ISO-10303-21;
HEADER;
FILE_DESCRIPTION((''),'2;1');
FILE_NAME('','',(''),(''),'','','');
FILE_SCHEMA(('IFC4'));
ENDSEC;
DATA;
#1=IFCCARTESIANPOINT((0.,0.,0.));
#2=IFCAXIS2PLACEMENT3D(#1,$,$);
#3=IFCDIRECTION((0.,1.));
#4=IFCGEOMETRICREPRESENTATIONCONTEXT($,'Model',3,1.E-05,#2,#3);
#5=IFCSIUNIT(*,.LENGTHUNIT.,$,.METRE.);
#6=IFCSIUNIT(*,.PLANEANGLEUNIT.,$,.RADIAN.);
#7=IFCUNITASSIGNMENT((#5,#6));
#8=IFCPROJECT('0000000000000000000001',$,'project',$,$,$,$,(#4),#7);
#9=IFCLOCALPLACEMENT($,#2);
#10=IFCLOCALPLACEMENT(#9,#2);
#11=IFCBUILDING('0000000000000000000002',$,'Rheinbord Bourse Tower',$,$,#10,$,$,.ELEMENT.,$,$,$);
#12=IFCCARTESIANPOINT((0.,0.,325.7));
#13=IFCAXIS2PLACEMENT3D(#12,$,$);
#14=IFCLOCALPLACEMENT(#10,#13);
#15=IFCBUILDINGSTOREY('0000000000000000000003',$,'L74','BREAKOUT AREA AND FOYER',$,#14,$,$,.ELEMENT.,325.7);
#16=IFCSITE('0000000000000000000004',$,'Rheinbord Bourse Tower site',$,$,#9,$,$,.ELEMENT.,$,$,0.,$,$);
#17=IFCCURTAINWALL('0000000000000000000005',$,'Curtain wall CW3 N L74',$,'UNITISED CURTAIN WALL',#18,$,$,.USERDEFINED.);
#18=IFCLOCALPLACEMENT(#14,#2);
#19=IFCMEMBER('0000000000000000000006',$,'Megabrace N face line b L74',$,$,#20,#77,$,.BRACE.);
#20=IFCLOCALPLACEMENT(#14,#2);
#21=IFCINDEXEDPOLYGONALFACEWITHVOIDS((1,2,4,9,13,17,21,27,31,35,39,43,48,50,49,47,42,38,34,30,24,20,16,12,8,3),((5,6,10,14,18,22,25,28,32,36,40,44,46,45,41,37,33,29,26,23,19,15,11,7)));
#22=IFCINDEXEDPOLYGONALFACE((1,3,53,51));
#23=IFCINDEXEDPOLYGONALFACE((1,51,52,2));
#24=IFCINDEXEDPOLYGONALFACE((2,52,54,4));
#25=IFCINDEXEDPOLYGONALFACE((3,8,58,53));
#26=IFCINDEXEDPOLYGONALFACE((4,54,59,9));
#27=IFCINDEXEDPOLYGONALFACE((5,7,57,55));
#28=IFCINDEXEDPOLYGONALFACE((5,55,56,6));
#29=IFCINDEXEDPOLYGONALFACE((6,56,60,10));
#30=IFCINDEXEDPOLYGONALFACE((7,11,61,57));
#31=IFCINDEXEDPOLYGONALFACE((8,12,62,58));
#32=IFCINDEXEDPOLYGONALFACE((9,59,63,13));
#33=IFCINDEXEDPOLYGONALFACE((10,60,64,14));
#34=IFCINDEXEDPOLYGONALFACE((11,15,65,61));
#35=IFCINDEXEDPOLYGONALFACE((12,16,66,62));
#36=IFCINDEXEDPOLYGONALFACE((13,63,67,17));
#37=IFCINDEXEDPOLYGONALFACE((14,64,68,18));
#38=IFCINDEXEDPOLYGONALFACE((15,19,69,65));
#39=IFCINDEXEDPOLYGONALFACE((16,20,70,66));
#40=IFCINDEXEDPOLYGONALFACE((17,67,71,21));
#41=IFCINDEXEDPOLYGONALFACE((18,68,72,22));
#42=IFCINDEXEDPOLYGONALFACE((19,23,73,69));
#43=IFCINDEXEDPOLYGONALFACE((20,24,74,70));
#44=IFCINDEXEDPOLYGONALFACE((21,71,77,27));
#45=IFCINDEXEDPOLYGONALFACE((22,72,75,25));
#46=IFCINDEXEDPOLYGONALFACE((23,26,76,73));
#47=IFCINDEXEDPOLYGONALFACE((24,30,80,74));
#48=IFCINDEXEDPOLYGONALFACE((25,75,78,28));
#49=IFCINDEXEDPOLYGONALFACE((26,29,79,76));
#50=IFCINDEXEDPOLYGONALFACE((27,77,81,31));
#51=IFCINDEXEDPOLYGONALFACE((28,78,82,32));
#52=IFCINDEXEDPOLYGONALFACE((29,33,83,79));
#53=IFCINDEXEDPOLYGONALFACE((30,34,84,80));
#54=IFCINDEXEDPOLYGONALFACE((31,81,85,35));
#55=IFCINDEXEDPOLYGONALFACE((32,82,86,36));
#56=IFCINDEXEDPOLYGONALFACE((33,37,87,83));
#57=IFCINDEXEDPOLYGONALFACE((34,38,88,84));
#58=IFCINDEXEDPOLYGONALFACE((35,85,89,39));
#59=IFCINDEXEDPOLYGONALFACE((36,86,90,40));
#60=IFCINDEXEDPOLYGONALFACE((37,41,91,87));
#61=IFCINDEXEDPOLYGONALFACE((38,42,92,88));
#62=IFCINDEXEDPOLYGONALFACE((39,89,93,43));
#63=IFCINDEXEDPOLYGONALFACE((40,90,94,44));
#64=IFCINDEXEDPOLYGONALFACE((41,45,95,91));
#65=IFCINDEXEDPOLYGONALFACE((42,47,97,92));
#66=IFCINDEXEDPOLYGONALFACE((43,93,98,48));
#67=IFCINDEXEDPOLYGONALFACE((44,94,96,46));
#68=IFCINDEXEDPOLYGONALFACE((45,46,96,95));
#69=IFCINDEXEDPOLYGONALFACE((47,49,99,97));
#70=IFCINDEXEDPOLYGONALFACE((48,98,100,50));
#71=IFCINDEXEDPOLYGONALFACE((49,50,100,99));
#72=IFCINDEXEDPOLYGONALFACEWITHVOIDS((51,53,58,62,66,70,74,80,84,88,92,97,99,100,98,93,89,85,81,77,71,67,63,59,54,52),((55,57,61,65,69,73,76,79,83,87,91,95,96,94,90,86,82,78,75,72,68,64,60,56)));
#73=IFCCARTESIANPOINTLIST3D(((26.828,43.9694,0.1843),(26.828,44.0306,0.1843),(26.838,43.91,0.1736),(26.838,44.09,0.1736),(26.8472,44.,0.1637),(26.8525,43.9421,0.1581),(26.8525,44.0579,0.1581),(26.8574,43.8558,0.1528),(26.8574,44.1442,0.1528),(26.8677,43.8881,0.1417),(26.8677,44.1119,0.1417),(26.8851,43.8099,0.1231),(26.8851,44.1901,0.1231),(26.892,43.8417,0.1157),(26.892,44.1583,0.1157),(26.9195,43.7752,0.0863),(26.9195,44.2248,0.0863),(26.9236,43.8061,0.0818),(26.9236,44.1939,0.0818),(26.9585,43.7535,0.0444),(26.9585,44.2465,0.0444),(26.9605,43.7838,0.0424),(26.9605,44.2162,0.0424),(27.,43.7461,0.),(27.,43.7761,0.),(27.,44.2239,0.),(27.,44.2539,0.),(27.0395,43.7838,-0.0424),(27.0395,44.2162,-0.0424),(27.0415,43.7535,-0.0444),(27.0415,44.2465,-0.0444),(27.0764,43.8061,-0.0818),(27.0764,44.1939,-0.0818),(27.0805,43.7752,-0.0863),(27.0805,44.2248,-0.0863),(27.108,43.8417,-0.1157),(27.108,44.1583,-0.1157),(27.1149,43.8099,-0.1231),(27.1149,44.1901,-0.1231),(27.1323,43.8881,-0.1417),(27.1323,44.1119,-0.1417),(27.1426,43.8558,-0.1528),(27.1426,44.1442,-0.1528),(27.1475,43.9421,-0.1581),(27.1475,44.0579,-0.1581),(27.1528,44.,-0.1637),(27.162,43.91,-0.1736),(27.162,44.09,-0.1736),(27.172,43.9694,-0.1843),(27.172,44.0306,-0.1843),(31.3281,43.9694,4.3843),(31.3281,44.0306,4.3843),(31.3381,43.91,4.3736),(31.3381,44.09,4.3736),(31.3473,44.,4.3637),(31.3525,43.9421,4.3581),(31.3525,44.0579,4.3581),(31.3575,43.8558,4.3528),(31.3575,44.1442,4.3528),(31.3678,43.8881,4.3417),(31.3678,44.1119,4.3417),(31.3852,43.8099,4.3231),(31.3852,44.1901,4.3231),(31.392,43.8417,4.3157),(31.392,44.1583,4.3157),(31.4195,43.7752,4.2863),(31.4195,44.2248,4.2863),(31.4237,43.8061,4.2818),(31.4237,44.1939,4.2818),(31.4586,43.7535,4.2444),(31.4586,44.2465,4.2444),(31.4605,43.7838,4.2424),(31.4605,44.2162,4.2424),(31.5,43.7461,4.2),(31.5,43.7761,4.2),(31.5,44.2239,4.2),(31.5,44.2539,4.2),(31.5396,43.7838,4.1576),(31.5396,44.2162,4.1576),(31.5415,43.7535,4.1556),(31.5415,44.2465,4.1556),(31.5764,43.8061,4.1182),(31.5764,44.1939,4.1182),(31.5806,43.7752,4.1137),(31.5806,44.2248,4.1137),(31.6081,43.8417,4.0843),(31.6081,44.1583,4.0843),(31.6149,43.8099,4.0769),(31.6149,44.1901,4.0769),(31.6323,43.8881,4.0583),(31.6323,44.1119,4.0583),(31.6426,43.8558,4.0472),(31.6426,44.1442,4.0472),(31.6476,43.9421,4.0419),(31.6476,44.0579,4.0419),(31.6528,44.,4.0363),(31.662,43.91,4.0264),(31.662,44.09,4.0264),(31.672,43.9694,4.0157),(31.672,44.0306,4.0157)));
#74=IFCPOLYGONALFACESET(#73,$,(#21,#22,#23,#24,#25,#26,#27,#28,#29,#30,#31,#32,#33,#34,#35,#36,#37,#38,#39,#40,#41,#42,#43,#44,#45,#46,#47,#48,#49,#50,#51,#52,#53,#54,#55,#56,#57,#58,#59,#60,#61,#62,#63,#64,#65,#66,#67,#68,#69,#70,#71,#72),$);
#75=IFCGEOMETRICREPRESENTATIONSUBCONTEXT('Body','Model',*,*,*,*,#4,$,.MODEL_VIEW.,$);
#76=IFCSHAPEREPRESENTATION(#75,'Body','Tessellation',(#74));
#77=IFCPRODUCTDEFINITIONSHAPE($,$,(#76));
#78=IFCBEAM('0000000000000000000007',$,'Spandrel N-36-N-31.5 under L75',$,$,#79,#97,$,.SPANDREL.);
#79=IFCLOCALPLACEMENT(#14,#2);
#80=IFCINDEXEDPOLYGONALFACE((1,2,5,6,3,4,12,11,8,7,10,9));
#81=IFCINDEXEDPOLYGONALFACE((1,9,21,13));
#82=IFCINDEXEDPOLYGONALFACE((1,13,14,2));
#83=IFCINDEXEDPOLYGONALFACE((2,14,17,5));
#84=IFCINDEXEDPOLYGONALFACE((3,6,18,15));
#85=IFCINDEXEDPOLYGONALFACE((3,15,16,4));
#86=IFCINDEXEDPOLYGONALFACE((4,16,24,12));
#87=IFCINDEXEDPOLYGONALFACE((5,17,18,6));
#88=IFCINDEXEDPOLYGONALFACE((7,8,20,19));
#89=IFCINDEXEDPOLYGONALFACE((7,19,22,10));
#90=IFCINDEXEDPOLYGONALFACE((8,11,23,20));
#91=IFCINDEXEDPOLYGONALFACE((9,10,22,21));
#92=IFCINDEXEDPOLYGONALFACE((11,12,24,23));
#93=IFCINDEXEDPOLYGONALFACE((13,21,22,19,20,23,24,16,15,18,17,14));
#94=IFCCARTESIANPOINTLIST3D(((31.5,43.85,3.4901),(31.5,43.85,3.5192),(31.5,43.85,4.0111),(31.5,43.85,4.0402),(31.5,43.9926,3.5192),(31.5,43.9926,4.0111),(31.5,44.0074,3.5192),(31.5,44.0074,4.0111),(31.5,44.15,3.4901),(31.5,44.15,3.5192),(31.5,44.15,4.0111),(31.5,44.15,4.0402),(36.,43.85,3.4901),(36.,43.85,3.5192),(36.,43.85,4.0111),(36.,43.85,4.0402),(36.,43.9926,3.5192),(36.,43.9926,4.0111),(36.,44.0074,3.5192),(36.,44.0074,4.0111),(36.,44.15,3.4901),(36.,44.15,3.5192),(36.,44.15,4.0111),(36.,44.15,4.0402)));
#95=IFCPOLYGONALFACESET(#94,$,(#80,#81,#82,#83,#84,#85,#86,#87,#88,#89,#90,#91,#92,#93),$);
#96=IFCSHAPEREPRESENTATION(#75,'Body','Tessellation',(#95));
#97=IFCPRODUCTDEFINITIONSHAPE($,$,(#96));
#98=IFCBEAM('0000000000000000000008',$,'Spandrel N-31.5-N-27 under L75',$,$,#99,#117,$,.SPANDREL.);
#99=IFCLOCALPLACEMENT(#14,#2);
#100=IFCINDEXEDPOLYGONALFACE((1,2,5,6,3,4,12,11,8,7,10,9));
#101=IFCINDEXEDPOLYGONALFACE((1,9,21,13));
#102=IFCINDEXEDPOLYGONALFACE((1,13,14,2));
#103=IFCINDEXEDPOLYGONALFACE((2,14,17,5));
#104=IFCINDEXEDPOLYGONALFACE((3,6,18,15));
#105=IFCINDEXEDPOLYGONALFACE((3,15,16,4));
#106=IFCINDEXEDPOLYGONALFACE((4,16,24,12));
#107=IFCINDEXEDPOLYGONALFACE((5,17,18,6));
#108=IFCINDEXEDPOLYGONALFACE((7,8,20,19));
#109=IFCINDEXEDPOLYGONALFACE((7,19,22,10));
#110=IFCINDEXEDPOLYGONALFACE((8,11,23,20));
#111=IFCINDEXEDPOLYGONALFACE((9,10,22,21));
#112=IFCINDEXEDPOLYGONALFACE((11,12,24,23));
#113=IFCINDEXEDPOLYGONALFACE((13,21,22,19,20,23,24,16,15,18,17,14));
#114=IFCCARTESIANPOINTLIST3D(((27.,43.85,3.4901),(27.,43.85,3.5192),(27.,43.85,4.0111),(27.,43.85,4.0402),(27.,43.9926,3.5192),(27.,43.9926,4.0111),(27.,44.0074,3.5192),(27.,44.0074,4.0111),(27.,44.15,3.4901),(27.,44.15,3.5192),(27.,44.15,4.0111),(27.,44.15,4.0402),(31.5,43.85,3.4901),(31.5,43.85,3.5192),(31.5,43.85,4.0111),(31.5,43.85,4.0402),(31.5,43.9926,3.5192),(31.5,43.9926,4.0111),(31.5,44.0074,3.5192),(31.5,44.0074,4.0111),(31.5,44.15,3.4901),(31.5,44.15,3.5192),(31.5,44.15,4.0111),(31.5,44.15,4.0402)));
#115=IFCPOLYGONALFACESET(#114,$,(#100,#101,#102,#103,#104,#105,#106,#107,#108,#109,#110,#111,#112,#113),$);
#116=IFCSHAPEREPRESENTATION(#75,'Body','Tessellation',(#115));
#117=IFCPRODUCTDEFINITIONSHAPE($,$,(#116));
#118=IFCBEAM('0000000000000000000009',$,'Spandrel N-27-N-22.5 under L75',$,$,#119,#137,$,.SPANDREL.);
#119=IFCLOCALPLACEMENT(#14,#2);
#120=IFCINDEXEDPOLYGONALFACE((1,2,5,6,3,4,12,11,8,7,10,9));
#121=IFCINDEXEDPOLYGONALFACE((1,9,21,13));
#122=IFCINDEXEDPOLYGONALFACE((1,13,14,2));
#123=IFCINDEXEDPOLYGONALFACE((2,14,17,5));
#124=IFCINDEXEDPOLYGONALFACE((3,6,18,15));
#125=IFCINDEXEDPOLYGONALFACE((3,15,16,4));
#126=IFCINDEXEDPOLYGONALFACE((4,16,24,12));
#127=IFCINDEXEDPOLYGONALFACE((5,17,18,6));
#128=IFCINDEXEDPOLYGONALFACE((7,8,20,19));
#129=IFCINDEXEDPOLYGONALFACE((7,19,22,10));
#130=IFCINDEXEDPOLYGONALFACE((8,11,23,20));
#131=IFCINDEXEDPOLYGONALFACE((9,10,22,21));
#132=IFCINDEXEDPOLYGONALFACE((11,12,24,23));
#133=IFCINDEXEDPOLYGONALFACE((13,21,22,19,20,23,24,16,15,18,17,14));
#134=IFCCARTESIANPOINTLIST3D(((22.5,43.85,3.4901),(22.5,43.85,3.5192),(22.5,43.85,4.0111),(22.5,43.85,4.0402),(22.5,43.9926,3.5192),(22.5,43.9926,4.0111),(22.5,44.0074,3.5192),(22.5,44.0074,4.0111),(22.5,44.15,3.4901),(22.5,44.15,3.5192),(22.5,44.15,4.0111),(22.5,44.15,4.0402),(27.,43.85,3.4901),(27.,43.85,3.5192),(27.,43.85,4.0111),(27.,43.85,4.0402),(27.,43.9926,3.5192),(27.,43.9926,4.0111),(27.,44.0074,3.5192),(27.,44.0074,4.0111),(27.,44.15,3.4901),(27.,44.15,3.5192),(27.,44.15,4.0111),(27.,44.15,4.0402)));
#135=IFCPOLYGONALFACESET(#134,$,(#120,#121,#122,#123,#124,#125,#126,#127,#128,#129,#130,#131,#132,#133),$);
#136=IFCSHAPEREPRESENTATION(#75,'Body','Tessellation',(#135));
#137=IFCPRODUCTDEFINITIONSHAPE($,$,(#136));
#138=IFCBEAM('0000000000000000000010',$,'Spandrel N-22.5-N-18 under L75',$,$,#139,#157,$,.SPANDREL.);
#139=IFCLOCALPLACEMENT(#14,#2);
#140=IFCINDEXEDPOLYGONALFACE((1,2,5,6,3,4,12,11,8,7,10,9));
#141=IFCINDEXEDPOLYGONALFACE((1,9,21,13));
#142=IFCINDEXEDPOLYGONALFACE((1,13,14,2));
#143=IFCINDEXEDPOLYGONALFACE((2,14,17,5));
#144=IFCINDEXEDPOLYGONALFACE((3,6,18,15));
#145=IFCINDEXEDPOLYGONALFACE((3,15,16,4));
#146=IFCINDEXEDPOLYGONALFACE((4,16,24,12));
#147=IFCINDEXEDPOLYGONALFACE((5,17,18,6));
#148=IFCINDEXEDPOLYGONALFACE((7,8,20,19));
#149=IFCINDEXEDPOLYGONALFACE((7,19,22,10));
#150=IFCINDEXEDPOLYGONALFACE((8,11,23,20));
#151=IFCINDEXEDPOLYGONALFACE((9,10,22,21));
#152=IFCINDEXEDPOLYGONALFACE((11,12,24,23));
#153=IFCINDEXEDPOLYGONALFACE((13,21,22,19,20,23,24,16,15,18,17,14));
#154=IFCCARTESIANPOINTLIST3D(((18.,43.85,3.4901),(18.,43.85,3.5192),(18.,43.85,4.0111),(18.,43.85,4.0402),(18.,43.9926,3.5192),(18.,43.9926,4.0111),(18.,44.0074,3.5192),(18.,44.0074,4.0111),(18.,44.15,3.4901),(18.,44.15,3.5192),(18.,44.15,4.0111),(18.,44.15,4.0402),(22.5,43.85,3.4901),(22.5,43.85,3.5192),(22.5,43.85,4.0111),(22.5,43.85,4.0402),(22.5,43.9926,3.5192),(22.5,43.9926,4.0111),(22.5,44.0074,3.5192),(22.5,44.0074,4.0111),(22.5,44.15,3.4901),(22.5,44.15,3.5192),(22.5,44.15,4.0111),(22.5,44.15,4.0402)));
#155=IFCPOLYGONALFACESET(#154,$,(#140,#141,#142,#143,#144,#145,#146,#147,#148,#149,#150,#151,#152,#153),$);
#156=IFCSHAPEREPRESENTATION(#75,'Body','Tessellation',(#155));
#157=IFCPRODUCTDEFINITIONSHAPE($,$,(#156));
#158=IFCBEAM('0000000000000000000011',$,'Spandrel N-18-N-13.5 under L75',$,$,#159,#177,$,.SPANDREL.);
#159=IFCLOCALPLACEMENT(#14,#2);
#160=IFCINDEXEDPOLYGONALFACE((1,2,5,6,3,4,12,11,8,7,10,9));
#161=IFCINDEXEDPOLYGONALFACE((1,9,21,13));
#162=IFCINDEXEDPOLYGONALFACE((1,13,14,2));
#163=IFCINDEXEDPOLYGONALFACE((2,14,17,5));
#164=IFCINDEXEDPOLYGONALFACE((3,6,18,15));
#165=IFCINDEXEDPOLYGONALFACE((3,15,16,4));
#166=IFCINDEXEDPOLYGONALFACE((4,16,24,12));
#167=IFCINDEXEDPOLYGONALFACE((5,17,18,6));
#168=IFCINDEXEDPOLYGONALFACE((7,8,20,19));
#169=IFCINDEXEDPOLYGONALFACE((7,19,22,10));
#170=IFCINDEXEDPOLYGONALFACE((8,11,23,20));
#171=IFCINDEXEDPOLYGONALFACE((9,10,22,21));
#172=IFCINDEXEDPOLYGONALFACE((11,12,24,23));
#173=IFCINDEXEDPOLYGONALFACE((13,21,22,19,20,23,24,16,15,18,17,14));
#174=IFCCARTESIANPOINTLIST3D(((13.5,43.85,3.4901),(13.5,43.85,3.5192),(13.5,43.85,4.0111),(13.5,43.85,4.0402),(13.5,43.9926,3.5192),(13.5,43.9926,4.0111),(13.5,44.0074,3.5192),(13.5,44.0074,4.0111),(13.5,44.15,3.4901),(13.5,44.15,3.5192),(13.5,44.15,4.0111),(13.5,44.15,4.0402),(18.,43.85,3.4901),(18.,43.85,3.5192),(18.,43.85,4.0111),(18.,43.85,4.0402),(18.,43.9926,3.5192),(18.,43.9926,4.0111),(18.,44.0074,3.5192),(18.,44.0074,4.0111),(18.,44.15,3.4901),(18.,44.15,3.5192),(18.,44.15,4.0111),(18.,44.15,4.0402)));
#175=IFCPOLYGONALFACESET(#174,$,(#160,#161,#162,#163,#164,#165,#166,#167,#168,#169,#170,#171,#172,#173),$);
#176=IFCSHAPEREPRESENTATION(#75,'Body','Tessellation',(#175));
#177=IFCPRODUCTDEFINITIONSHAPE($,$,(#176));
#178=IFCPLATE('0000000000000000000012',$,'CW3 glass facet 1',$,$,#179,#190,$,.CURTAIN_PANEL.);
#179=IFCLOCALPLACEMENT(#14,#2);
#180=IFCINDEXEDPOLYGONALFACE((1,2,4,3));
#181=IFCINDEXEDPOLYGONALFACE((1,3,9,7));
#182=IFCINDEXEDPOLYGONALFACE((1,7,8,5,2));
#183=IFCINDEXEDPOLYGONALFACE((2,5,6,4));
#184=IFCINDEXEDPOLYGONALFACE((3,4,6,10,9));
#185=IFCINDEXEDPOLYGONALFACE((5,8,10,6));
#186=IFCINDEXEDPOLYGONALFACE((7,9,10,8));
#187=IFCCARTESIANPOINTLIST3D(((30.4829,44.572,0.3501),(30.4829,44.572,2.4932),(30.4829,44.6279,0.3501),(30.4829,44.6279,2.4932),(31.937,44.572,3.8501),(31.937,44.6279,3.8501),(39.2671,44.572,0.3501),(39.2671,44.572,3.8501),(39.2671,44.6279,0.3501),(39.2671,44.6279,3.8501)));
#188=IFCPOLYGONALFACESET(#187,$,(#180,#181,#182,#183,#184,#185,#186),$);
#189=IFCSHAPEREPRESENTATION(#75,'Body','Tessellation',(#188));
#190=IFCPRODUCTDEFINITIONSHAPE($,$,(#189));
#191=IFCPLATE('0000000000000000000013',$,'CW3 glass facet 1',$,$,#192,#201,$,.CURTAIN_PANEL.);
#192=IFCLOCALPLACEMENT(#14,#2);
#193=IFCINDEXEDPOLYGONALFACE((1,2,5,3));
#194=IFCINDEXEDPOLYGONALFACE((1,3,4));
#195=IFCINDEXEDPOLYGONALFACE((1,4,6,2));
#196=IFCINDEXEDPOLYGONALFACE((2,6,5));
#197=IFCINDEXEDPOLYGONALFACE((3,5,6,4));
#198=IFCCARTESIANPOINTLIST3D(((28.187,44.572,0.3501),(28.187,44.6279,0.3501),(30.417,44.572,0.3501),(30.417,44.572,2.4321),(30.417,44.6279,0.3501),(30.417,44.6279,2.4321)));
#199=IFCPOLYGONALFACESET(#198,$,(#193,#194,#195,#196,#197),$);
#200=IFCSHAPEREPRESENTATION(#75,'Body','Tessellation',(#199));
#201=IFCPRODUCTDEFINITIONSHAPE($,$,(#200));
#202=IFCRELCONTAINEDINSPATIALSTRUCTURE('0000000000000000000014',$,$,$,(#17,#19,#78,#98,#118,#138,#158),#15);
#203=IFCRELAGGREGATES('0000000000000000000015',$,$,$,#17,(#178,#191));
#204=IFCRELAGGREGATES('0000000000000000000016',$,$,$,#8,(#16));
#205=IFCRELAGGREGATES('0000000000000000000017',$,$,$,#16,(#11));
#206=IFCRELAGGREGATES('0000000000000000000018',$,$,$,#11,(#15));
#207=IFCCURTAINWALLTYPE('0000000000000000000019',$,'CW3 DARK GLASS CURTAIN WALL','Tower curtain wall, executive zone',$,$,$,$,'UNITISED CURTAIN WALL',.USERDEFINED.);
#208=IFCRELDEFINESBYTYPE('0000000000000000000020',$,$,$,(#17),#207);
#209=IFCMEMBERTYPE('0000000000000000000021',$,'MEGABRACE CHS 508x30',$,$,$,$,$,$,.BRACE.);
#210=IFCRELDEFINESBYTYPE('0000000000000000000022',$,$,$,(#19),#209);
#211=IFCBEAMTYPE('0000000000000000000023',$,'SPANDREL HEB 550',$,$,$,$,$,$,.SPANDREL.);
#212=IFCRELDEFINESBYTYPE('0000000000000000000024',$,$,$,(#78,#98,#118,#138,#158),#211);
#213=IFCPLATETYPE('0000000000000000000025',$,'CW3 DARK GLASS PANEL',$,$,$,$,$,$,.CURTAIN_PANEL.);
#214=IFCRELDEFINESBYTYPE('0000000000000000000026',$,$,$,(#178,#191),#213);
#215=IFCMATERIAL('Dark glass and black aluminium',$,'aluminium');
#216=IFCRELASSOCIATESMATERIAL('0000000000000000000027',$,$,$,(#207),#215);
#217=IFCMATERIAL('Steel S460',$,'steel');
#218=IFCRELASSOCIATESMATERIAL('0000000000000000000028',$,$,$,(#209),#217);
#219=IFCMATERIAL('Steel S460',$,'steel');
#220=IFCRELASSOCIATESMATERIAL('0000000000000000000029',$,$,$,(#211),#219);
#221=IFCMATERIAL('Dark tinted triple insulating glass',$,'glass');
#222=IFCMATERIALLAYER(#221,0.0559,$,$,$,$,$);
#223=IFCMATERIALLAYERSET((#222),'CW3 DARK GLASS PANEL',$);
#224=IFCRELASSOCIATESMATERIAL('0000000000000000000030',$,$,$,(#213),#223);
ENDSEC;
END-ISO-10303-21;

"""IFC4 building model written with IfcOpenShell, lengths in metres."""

from ifc_helpers import new_model, si_unit, direction, frame, origin, origin_2d, place, context, subcontext, project, spatial, polyline, hollow_circle, i_section, outline, extrude, material, layer, layer_set, material_profile, profile_set, type_object, element, aggregate, save


model = new_model("IFC4")

# Units and contexts
model_context = context("Model", 3, precision=1e-05, world=origin(), true_north=direction((0.0, 1.0)))
body_context = subcontext(model_context, "Body", "Model", "MODEL_VIEW")
ifc_project = project(units=[si_unit("LENGTHUNIT", "METRE"), si_unit("PLANEANGLEUNIT", "RADIAN")], contexts=[model_context])

# Site, building, storey
site_placement = place(None, origin())
site = spatial("IfcSite", under=ifc_project, at=site_placement, Name="Rheinbord Bourse Tower site", CompositionType="ELEMENT", RefElevation=0.0)
building_placement = place(site_placement, origin())
building = spatial("IfcBuilding", under=site, at=building_placement, Name="Rheinbord Bourse Tower", CompositionType="ELEMENT")
storey_placement = place(building_placement, frame((0.0, 0.0, 325.7)))
storey = spatial("IfcBuildingStorey", under=building, at=storey_placement, Name="L74", Description="BREAKOUT AREA AND FOYER", CompositionType="ELEMENT", Elevation=325.7)

# Curtain wall
ifc_material_1 = material(Name="Dark glass and black aluminium", Category="aluminium")
curtain_wall_type = type_object("IfcCurtainWallType", Name="CW3 DARK GLASS CURTAIN WALL", Description="Tower curtain wall, executive zone", ElementType="UNITISED CURTAIN WALL", PredefinedType="USERDEFINED", material=ifc_material_1)
curtain_wall_placement = place(storey_placement, origin())
curtain_wall = element("IfcCurtainWall", 1, at=curtain_wall_placement, inside=storey, type_object=curtain_wall_type, Name="Curtain wall CW3 N L74", ObjectType="UNITISED CURTAIN WALL", PredefinedType="USERDEFINED")

# Member
ifc_material_2 = material(Name="Steel S460", Category="steel")
ifc_material_profile_1 = material_profile(ifc_material_2, hollow_circle(Radius=0.2539, WallThickness=0.03, at=origin_2d()), Name="CHS 508x30")
ifc_profile_set_1 = profile_set([ifc_material_profile_1], Name="Steel S460")
member_type_1 = type_object("IfcMemberType", Name="MEGABRACE CHS 508x30", PredefinedType="BRACE", material=ifc_profile_set_1)
member_1_placement = place(storey_placement, frame((27.0, 44.0, 0.0), z_axis=(0.731059, 0.0, 0.682314), x_axis=(0.0, 1.0, 0.0)))
element("IfcMember", 2, at=member_1_placement, inside=storey, type_object=member_type_1, Name="Megabrace N face line b L74", PredefinedType="BRACE", context=body_context, shape_type="SweptSolid", body=[
    extrude(hollow_circle(Radius=0.2539, WallThickness=0.03, at=origin_2d()), origin(), (0.0, 0.0, 1.0), 6.1555),
])

# Beams
ifc_material_3 = material(Name="Steel S460", Category="steel")
ifc_material_profile_2 = material_profile(ifc_material_3, i_section(OverallWidth=0.3, OverallDepth=0.55, WebThickness=0.0149, FlangeThickness=0.0291, at=origin_2d()), Name="HEB 550")
ifc_profile_set_2 = profile_set([ifc_material_profile_2], Name="Steel S460")
beam_type_1 = type_object("IfcBeamType", Name="SPANDREL HEB 550", PredefinedType="SPANDREL", material=ifc_profile_set_2)
for number, where, z_axis, x_axis, name in (
    (3, (36.0, 44.0, 3.7651), (-1.0, 0.0, 0.0), (0.0, -1.0, 0.0), "Spandrel N-36-N-31.5 under L75"),
    (4, (31.5, 44.0, 3.7651), (-1.0, 0.0, 0.0), (0.0, -1.0, 0.0), "Spandrel N-31.5-N-27 under L75"),
    (5, (27.0, 44.0, 3.7651), (-1.0, 0.0, 0.0), (0.0, -1.0, 0.0), "Spandrel N-27-N-22.5 under L75"),
    (6, (22.5, 44.0, 3.7651), (-1.0, 0.0, 0.0), (0.0, -1.0, 0.0), "Spandrel N-22.5-N-18 under L75"),
    (7, (18.0, 44.0, 3.7651), (-1.0, 0.0, 0.0), (0.0, -1.0, 0.0), "Spandrel N-18-N-13.5 under L75"),
):
    element("IfcBeam", number, at=place(storey_placement, frame(where, z_axis=z_axis, x_axis=x_axis)), inside=storey, type_object=beam_type_1, Name=name, PredefinedType="SPANDREL", context=body_context, shape_type="SweptSolid", body=[
        extrude(i_section(OverallWidth=0.3, OverallDepth=0.55, WebThickness=0.0149, FlangeThickness=0.0291, at=origin_2d()), origin(), (0.0, 0.0, 1.0), 4.5),
    ])

# Plates
ifc_material_4 = material(Name="Dark tinted triple insulating glass", Category="glass")
ifc_layer = layer(ifc_material_4, 0.0559)
ifc_layer_set = layer_set([ifc_layer], Name="CW3 DARK GLASS PANEL")
plate_type = type_object("IfcPlateType", Name="CW3 DARK GLASS PANEL", PredefinedType="CURTAIN_PANEL", material=ifc_layer_set)
plate_1_placement = place(storey_placement, frame((30.4829, 44.6279, 0.3501), z_axis=(0.0, -1.0, 0.0), x_axis=(1.0, 0.0, 0.0)))
plate_1 = element("IfcPlate", 8, at=plate_1_placement, type_object=plate_type, Name="CW3 glass facet 1", PredefinedType="CURTAIN_PANEL", context=body_context, shape_type="SweptSolid", body=[
    extrude(outline(polyline([(0.0, 0.0), (8.7842, 0.0), (8.7842, 3.5), (1.4541, 3.5), (0.0, 2.1431), (0.0, 0.0)])), origin(), (0.0, 0.0, 1.0), 0.0559),
])
plate_2_placement = place(storey_placement, frame((30.417, 44.6279, 0.3501), z_axis=(0.0, -1.0, 0.0), x_axis=(0.0, 0.0, 1.0)))
plate_2 = element("IfcPlate", 9, at=plate_2_placement, type_object=plate_type, Name="CW3 glass facet 1", PredefinedType="CURTAIN_PANEL", context=body_context, shape_type="SweptSolid", body=[
    extrude(outline(polyline([(0.0, 0.0), (2.082, 0.0), (0.0, 2.23), (0.0, 0.0)])), origin(), (0.0, 0.0, 1.0), 0.0559),
])
aggregate(curtain_wall, [plate_1, plate_2])

save(model, "model.ifc")
